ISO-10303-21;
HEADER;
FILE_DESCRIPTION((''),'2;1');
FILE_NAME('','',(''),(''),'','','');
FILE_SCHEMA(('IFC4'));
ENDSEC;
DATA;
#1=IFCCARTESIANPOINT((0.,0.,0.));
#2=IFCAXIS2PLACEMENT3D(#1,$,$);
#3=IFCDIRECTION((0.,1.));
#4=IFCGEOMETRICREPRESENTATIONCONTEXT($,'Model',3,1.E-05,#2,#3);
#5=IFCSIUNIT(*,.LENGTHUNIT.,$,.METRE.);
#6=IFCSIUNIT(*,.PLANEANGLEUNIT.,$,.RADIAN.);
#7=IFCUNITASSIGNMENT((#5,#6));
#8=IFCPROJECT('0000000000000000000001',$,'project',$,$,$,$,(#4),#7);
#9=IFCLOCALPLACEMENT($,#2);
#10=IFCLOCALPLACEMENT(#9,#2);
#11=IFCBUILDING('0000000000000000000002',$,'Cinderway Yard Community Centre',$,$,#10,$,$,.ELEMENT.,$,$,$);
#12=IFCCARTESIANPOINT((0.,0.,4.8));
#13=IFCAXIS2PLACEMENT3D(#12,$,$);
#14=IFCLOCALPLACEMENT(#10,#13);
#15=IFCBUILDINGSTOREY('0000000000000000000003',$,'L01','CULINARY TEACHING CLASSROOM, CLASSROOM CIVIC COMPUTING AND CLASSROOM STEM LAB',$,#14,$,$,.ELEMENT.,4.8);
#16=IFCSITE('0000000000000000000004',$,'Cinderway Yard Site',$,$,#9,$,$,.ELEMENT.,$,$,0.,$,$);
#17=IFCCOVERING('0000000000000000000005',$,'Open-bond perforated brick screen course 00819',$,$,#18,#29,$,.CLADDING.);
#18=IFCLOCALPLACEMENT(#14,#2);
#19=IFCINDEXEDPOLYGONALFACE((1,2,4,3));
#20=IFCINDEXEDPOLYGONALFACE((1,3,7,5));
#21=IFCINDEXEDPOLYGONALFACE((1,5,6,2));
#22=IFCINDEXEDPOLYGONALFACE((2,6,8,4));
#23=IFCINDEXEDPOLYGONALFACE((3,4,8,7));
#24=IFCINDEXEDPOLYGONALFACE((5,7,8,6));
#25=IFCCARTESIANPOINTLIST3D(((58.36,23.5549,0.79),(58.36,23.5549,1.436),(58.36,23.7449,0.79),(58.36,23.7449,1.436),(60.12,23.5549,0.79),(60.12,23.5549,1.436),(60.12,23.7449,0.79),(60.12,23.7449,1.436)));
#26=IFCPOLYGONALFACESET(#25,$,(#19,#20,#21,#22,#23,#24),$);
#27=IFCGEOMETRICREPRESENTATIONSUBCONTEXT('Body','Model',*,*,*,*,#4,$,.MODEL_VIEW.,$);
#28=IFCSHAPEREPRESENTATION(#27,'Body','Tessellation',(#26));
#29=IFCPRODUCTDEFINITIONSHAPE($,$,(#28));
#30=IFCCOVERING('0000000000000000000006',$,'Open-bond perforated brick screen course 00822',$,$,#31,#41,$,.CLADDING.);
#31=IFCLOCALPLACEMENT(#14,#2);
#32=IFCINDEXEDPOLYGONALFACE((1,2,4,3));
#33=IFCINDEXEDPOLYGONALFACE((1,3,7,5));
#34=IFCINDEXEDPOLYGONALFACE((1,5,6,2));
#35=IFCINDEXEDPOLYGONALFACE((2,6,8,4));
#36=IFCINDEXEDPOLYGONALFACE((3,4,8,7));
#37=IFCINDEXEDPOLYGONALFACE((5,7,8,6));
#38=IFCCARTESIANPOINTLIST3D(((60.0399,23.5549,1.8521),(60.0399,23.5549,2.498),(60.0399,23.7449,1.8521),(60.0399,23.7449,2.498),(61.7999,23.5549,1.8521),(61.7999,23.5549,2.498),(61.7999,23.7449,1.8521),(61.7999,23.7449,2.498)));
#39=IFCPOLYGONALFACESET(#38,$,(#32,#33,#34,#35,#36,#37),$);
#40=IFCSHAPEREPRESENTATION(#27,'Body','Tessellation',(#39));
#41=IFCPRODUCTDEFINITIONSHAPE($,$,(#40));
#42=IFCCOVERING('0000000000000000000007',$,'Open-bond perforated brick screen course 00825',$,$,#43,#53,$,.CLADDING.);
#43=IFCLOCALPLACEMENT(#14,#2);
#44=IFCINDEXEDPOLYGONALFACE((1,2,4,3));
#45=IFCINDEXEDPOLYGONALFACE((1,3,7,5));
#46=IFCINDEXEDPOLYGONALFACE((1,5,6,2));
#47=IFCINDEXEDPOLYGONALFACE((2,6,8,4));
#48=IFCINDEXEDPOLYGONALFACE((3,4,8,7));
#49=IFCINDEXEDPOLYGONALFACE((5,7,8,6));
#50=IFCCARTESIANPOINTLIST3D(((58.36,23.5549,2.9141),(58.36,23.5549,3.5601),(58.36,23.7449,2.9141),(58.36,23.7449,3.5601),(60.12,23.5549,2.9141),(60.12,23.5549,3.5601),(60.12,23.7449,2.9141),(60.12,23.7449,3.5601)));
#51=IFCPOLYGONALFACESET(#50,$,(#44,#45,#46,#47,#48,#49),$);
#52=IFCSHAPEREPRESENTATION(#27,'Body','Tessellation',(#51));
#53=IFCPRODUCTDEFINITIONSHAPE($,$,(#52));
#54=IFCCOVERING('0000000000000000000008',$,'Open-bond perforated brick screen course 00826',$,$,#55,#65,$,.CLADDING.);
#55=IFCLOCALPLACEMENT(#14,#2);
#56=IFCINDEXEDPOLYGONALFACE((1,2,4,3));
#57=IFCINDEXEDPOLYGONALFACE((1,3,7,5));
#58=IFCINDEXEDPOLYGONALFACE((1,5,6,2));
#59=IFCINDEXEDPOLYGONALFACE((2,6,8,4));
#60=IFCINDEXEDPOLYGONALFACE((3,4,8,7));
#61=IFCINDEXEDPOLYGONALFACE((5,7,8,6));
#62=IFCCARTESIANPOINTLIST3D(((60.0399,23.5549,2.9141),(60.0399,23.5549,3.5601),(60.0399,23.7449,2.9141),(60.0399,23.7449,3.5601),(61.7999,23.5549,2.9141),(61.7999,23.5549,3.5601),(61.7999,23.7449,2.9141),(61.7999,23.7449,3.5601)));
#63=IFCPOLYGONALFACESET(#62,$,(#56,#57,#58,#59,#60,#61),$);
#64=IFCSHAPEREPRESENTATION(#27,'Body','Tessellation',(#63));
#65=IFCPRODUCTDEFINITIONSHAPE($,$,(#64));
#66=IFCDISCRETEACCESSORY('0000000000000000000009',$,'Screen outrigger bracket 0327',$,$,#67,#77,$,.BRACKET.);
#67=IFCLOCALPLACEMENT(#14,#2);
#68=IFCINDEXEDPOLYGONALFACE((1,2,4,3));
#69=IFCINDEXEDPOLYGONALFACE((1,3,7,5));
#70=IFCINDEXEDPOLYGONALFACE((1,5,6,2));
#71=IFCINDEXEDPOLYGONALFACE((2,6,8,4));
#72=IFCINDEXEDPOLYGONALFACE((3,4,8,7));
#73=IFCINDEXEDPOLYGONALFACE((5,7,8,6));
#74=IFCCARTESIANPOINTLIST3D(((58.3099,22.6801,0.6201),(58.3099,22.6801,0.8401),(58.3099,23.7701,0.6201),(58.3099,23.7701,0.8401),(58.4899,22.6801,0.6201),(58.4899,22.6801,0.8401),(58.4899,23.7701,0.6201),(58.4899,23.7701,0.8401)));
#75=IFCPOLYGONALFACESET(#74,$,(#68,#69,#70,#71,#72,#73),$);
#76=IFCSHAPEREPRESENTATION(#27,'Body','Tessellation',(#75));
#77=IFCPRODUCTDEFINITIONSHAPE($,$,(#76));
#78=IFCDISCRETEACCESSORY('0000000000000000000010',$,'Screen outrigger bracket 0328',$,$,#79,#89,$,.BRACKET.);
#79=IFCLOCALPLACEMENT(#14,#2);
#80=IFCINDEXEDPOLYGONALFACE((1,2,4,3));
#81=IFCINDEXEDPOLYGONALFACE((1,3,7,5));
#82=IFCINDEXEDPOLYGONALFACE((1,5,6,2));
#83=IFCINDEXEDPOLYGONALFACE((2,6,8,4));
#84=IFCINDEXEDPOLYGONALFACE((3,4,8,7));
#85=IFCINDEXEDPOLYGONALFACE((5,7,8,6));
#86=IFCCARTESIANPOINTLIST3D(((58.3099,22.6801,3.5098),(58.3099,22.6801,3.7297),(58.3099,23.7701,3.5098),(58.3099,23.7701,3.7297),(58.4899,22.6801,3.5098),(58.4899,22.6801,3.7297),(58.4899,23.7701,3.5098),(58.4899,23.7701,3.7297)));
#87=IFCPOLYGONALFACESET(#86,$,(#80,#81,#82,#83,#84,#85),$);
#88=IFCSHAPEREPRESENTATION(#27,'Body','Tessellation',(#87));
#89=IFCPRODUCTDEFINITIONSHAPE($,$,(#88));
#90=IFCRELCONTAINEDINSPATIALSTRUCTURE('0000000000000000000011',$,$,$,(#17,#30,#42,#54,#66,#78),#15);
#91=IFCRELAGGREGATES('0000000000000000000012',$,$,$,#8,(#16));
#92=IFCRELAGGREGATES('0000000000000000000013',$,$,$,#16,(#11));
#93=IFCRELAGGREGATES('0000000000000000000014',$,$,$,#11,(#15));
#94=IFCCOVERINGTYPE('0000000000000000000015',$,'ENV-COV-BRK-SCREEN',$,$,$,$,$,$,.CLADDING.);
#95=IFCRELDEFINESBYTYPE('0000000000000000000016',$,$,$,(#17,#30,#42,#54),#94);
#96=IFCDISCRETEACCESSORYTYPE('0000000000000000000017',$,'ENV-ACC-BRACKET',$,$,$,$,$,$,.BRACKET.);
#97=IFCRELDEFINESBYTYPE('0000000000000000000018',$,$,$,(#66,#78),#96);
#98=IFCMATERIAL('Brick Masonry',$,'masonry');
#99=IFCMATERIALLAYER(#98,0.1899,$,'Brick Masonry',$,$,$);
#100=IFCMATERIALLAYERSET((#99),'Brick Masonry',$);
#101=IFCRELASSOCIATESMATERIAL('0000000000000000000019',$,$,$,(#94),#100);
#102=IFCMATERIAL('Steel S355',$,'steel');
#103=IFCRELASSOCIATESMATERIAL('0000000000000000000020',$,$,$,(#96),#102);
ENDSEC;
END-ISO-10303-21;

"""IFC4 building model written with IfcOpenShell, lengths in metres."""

from ifc_helpers import new_model, si_unit, direction, frame, origin, origin_2d, place, context, subcontext, project, spatial, rectangle, extrude, material, layer, layer_set, type_object, element, save


model = new_model("IFC4")

# Units and contexts
model_context = context("Model", 3, precision=1e-05, world=origin(), true_north=direction((0.0, 1.0)))
body_context = subcontext(model_context, "Body", "Model", "MODEL_VIEW")
ifc_project = project(units=[si_unit("LENGTHUNIT", "METRE"), si_unit("PLANEANGLEUNIT", "RADIAN")], contexts=[model_context])

# Site, building, storey
site_placement = place(None, origin())
site = spatial("IfcSite", under=ifc_project, at=site_placement, Name="Cinderway Yard Site", CompositionType="ELEMENT", RefElevation=0.0)
building_placement = place(site_placement, origin())
building = spatial("IfcBuilding", under=site, at=building_placement, Name="Cinderway Yard Community Centre", CompositionType="ELEMENT")
storey_placement = place(building_placement, frame((0.0, 0.0, 4.8)))
storey = spatial("IfcBuildingStorey", under=building, at=storey_placement, Name="L01", Description="CULINARY TEACHING CLASSROOM, CLASSROOM CIVIC COMPUTING AND CLASSROOM STEM LAB", CompositionType="ELEMENT", Elevation=4.8)

# Shared definitions
ifc_material_1 = material(Name="Steel S355", Category="steel")

# Coverings
ifc_material_2 = material(Name="Brick Masonry", Category="masonry")
ifc_layer_1 = layer(ifc_material_2, 0.1899, Name="Brick Masonry")
ifc_layer_set_1 = layer_set([ifc_layer_1], Name="Brick Masonry")
covering_type = type_object("IfcCoveringType", Name="ENV-COV-BRK-SCREEN", PredefinedType="CLADDING", material=ifc_layer_set_1)
for number, where, z_axis, x_axis, name in (
    (1, (59.24, 23.6499, 0.79), (0.0, 0.0, 1.0), (1.0, 0.0, 0.0), "Open-bond perforated brick screen course 00819"),
    (2, (60.9199, 23.6499, 1.8521), (0.0, 0.0, 1.0), (1.0, 0.0, 0.0), "Open-bond perforated brick screen course 00822"),
    (3, (59.24, 23.6499, 2.9141), (0.0, 0.0, 1.0), (1.0, 0.0, 0.0), "Open-bond perforated brick screen course 00825"),
    (4, (60.9199, 23.6499, 2.9141), (0.0, 0.0, 1.0), (1.0, 0.0, 0.0), "Open-bond perforated brick screen course 00826"),
):
    element("IfcCovering", number, at=place(storey_placement, frame(where, z_axis=z_axis, x_axis=x_axis)), inside=storey, type_object=covering_type, Name=name, PredefinedType="CLADDING", context=body_context, shape_type="SweptSolid", body=[
        extrude(rectangle(XDim=1.76, YDim=0.1899, at=origin_2d()), origin(), (0.0, 0.0, 1.0), 0.646),
    ])

# Discrete accessories
discrete_accessory_type = type_object("IfcDiscreteAccessoryType", Name="ENV-ACC-BRACKET", PredefinedType="BRACKET", material=ifc_material_1)
for number, where, z_axis, x_axis, name in (
    (5, (58.3999, 23.2251, 0.6201), (0.0, 0.0, 1.0), (0.0, 1.0, 0.0), "Screen outrigger bracket 0327"),
    (6, (58.3999, 23.2251, 3.5098), (0.0, 0.0, 1.0), (0.0, 1.0, 0.0), "Screen outrigger bracket 0328"),
):
    element("IfcDiscreteAccessory", number, at=place(storey_placement, frame(where, z_axis=z_axis, x_axis=x_axis)), inside=storey, type_object=discrete_accessory_type, Name=name, PredefinedType="BRACKET", context=body_context, shape_type="SweptSolid", body=[
        extrude(rectangle(XDim=1.0901, YDim=0.1799, at=origin_2d()), origin(), (0.0, 0.0, 1.0), 0.22),
    ])

save(model, "model.ifc")
